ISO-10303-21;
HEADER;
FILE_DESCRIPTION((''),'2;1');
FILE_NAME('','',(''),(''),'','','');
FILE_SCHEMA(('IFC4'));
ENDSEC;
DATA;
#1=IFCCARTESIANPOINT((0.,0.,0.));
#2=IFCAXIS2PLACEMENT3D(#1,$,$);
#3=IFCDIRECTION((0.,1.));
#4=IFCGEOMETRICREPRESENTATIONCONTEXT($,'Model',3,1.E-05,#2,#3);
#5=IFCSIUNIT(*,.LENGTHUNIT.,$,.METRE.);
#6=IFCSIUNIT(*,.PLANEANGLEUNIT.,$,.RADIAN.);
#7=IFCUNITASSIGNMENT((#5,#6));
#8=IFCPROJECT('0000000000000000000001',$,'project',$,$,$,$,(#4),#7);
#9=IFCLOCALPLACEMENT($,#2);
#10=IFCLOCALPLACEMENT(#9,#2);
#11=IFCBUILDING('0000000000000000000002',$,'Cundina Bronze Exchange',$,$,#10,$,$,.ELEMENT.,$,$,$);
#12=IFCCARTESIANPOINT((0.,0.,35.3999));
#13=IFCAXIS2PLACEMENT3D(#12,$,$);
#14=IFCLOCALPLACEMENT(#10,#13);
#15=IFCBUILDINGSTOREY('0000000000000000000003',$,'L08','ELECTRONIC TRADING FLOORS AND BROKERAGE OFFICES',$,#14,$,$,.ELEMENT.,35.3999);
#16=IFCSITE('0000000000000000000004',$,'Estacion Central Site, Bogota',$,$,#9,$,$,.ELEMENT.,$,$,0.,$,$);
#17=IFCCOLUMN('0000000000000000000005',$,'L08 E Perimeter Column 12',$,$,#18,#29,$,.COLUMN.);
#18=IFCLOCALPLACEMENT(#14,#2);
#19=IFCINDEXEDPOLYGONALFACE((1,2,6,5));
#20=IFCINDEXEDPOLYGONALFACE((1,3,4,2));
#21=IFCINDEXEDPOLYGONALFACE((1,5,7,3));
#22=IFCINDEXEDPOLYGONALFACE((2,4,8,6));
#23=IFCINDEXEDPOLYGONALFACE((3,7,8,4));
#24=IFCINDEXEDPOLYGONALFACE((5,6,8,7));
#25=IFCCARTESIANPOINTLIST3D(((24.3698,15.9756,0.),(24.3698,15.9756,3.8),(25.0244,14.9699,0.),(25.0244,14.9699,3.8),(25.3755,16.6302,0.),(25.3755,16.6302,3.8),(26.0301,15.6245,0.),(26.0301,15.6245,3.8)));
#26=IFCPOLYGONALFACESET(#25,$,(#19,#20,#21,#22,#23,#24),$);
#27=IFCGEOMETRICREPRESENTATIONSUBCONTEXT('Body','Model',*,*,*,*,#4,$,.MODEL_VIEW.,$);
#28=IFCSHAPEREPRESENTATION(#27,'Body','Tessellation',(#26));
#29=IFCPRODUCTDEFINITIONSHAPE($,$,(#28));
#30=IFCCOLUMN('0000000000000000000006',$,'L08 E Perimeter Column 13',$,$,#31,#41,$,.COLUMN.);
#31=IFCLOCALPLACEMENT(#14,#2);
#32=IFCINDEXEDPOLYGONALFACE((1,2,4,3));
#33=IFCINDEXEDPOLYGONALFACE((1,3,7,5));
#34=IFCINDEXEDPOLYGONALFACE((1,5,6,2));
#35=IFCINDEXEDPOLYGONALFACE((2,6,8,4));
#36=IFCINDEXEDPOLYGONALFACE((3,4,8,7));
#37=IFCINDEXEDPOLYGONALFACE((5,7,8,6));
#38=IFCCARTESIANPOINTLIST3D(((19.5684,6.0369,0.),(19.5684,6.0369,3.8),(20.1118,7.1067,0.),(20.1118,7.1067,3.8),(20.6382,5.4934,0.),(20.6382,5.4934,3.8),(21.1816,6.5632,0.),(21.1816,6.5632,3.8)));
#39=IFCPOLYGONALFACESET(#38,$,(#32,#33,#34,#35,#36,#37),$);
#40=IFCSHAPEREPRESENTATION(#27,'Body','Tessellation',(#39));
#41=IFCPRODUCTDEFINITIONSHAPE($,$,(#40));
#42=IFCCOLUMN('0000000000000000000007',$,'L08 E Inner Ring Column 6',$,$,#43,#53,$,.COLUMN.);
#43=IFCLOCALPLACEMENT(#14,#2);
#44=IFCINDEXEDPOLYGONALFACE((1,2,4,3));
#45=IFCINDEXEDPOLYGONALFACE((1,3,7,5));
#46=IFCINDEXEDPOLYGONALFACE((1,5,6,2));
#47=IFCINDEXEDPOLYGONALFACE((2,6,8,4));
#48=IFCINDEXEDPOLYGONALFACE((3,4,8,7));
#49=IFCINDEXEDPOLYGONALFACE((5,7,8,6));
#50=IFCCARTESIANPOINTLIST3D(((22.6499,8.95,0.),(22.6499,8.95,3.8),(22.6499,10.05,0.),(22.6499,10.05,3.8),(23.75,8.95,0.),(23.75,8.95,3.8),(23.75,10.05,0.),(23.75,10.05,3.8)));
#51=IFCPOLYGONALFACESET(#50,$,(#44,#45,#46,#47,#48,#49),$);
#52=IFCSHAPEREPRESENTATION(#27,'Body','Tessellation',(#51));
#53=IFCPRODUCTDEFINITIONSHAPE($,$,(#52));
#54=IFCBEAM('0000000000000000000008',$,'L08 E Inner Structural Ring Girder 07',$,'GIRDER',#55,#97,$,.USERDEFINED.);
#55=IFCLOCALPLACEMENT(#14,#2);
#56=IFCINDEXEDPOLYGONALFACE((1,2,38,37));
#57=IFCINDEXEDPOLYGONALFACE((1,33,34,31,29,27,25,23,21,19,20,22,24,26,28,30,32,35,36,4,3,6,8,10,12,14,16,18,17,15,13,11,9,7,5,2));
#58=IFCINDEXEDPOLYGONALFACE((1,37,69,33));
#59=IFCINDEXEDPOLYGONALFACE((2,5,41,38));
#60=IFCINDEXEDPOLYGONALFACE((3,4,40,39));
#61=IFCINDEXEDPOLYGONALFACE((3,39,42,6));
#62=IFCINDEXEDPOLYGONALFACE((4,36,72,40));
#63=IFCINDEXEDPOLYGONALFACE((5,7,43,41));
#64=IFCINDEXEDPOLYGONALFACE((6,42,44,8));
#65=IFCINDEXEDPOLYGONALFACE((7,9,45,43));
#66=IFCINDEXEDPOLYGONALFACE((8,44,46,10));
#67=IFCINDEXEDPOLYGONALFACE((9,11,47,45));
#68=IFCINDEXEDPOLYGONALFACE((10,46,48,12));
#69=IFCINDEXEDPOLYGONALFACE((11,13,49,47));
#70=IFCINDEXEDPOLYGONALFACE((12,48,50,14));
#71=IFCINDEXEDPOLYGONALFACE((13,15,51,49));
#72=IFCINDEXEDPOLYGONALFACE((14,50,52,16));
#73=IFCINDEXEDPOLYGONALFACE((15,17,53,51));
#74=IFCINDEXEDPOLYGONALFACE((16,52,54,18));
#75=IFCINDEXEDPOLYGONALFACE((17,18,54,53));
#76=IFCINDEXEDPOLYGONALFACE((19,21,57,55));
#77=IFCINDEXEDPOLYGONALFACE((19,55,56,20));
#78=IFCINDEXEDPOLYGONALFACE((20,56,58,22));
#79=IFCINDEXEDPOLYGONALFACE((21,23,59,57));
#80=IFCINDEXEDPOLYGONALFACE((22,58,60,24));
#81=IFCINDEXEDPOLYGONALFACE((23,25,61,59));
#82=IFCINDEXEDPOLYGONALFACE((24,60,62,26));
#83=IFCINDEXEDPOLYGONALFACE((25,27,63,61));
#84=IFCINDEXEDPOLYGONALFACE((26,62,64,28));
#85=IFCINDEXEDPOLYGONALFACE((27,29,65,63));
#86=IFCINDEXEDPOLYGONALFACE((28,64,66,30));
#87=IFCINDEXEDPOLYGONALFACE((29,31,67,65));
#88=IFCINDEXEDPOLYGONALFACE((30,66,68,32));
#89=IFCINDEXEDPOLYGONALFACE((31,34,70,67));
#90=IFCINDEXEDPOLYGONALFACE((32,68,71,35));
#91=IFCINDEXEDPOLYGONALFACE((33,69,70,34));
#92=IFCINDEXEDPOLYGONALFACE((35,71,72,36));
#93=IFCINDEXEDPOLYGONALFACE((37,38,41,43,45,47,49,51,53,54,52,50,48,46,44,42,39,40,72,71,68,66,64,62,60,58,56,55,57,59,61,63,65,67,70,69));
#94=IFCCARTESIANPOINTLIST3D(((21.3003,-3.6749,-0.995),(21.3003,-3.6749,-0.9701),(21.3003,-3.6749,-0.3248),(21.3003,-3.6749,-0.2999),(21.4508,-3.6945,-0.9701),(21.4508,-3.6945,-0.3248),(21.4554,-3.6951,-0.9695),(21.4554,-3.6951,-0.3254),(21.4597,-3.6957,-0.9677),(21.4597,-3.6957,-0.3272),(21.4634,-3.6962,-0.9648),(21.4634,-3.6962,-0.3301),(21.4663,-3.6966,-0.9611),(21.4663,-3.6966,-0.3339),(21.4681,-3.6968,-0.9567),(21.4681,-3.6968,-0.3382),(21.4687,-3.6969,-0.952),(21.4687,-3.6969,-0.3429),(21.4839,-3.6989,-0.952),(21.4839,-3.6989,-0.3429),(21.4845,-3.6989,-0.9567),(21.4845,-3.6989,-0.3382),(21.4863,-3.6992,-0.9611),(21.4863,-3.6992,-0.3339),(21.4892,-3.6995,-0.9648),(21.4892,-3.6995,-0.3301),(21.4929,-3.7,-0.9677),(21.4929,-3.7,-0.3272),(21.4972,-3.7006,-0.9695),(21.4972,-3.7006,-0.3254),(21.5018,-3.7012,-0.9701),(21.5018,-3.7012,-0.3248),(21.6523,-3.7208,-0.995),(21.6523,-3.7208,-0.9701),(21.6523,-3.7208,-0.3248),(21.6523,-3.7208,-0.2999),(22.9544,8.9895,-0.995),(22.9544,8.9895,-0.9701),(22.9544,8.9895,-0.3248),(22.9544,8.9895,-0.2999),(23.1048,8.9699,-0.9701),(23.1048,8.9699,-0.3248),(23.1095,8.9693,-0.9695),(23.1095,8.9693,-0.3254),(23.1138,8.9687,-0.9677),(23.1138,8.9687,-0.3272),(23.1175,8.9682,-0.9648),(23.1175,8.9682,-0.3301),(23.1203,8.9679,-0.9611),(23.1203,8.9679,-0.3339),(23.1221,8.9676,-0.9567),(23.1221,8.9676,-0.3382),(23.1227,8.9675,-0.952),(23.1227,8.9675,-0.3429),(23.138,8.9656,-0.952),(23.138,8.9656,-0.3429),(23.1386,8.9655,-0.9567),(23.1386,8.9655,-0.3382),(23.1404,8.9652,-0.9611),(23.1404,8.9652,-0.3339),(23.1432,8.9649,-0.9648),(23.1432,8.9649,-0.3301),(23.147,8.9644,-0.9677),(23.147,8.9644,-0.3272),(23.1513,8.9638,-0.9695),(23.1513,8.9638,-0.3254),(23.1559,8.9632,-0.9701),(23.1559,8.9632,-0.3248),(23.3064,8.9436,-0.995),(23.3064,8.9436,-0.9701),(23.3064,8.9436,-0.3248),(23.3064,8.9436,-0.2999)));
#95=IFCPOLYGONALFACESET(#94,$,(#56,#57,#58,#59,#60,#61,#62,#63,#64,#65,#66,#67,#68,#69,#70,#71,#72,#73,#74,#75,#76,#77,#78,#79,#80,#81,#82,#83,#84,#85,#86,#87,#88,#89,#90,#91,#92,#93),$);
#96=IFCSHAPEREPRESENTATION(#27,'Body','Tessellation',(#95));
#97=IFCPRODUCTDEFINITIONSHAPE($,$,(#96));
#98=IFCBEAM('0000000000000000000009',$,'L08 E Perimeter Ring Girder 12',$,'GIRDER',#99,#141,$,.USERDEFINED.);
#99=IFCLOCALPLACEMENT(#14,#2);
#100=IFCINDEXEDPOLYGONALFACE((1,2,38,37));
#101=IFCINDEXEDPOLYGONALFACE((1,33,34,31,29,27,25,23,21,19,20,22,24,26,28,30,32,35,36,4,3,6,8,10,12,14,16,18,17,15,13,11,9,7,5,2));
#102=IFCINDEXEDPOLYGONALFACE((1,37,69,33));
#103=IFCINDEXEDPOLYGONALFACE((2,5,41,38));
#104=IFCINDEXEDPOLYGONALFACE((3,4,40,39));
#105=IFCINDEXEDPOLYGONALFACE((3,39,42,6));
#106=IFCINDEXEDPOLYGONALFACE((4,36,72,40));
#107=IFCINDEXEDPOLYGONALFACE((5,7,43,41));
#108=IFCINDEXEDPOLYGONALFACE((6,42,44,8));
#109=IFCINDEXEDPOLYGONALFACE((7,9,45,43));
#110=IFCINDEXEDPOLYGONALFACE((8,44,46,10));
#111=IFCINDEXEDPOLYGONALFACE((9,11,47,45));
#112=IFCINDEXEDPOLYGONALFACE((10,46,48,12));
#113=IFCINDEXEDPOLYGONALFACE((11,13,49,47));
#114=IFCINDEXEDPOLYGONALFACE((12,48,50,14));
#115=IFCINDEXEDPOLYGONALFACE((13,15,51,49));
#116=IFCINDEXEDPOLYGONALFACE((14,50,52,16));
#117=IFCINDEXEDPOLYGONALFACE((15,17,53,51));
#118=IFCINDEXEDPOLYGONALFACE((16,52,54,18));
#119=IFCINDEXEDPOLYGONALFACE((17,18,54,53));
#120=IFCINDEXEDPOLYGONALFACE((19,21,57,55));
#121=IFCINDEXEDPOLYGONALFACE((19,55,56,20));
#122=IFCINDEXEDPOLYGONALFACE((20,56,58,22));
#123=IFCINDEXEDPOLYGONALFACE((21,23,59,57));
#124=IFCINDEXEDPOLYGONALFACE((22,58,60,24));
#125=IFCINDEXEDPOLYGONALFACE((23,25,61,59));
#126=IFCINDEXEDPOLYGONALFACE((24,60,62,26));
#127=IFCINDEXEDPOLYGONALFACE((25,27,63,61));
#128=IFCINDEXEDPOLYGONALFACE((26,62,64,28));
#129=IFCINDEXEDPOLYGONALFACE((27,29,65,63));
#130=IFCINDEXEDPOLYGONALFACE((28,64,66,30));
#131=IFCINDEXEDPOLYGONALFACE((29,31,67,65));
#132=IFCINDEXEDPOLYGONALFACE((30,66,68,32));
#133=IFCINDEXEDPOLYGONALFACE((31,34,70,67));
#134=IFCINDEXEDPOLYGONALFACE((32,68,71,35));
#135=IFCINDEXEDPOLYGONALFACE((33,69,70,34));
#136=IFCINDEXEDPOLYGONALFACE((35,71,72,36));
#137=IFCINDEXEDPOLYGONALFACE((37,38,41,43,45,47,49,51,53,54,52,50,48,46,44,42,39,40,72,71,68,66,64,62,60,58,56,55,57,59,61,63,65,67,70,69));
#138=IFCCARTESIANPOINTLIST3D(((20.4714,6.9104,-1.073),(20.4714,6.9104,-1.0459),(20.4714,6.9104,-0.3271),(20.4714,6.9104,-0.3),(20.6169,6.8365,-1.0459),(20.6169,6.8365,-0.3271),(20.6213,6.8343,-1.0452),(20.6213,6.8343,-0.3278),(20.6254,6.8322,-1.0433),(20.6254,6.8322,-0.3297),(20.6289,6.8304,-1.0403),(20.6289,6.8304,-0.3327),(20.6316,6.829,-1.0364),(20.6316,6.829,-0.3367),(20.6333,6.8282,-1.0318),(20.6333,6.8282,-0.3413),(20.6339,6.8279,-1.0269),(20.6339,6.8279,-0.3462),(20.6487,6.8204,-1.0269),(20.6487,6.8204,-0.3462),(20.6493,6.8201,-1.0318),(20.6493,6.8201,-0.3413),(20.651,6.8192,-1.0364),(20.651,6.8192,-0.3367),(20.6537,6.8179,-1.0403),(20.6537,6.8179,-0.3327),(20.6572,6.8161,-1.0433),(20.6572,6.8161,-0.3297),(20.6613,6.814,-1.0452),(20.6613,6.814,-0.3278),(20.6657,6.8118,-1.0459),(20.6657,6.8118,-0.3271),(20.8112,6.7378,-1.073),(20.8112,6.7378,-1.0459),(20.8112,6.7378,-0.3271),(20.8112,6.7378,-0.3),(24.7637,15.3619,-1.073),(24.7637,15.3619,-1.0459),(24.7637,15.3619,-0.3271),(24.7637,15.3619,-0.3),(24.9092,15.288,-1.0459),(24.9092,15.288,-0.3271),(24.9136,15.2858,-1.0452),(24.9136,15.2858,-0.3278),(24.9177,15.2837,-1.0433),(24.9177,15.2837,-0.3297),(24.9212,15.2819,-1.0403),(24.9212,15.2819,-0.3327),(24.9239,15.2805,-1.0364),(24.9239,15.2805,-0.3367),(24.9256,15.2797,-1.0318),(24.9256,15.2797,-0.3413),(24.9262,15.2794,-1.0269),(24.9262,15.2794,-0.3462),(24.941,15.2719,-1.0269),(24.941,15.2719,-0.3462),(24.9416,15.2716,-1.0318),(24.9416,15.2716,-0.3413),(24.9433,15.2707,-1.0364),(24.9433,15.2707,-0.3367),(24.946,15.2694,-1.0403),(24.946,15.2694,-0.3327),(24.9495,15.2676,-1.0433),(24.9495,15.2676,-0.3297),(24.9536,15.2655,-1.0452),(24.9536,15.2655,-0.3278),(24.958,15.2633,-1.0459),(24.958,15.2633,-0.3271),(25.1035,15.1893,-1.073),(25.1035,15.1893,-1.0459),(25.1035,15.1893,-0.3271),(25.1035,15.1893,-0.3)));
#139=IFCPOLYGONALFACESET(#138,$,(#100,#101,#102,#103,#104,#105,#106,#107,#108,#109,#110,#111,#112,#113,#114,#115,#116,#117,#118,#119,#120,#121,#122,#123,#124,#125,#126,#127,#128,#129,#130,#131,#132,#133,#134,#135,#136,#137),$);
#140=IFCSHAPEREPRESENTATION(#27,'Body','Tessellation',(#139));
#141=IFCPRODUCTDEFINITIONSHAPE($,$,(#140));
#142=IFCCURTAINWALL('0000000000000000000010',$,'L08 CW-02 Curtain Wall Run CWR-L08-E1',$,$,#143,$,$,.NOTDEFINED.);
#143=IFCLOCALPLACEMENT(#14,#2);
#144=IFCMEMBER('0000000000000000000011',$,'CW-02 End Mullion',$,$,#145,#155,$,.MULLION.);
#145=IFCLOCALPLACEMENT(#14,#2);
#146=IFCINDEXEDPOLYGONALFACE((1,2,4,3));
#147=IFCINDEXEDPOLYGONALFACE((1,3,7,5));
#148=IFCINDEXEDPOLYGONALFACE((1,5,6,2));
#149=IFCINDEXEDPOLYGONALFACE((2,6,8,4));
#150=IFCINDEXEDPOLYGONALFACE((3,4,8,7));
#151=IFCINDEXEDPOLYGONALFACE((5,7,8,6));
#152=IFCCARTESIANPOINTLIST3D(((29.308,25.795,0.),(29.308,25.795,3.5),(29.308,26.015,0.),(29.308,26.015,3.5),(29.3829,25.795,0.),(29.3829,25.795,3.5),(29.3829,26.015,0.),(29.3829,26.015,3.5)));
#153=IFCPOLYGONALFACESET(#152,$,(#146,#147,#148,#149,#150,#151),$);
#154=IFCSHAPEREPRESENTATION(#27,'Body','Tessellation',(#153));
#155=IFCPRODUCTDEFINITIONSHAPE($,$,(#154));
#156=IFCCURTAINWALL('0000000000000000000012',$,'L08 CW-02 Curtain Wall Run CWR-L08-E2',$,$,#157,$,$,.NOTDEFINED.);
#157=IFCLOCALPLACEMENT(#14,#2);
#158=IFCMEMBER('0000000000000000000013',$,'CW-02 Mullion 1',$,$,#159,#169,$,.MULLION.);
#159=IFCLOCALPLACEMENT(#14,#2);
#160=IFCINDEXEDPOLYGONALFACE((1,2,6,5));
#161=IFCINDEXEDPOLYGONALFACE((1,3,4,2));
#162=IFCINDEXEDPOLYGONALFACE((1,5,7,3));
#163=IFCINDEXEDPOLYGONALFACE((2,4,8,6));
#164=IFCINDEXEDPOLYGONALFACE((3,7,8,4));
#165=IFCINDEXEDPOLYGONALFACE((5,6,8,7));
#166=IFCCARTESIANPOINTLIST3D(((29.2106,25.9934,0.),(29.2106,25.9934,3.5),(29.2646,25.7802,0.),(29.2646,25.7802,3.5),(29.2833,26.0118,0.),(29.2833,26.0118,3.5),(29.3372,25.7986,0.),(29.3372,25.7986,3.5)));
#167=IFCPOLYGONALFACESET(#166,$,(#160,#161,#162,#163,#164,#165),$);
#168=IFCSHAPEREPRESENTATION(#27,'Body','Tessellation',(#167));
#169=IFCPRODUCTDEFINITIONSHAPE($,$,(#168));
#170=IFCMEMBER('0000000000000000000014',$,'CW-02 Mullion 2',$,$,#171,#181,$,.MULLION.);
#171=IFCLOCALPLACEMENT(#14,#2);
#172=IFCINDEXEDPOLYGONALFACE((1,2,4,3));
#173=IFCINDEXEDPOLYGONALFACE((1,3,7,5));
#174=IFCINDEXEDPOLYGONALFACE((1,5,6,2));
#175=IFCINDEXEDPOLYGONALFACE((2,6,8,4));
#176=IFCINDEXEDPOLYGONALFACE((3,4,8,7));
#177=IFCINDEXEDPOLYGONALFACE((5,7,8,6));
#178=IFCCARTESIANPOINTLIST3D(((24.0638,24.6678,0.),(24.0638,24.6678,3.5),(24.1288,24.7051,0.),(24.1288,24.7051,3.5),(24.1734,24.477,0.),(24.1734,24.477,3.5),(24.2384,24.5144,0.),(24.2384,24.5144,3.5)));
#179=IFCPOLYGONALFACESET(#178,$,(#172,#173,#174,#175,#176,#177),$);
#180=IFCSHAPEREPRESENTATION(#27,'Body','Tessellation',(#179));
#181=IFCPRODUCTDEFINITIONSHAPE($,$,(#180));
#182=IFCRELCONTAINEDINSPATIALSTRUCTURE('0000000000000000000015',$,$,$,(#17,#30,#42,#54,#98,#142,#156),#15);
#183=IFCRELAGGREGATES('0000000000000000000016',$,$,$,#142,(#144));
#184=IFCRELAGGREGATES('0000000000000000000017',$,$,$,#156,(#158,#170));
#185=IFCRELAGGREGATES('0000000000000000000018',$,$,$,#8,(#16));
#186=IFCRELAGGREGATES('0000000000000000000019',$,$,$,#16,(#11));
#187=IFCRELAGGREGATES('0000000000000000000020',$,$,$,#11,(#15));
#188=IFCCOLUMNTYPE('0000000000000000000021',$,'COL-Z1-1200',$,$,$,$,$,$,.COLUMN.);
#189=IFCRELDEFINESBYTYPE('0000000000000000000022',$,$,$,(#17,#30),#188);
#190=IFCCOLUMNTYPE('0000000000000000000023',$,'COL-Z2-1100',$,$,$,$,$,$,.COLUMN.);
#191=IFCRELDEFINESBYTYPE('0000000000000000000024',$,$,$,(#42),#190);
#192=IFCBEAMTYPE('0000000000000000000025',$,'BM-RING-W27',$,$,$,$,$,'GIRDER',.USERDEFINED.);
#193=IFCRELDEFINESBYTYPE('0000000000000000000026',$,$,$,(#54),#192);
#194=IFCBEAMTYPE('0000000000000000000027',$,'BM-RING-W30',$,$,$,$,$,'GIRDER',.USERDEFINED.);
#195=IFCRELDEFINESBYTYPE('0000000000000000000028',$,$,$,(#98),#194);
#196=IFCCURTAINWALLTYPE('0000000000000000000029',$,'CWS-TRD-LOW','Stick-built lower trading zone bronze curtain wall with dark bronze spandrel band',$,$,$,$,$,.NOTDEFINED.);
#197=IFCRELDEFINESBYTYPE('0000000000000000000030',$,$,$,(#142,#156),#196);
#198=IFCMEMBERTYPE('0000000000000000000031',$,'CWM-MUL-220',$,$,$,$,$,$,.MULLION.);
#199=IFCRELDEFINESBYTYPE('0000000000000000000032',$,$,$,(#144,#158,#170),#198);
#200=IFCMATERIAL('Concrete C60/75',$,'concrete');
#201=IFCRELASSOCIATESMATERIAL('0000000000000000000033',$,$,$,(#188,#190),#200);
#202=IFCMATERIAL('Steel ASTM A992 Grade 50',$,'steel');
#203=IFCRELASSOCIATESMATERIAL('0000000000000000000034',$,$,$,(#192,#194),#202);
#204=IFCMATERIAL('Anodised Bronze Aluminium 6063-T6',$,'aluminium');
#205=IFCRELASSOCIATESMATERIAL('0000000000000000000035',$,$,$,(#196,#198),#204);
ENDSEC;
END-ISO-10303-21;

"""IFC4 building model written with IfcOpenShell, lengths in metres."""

from ifc_helpers import new_model, si_unit, direction, frame, origin, origin_2d, place, context, subcontext, project, spatial, rectangle, i_section, extrude, material, material_profile, profile_set, type_object, element, aggregate, save


model = new_model("IFC4")

# Units and contexts
model_context = context("Model", 3, precision=1e-05, world=origin(), true_north=direction((0.0, 1.0)))
body_context = subcontext(model_context, "Body", "Model", "MODEL_VIEW")
ifc_project = project(units=[si_unit("LENGTHUNIT", "METRE"), si_unit("PLANEANGLEUNIT", "RADIAN")], contexts=[model_context])

# Site, building, storey
site_placement = place(None, origin())
site = spatial("IfcSite", under=ifc_project, at=site_placement, Name="Estacion Central Site, Bogota", CompositionType="ELEMENT", RefElevation=0.0)
building_placement = place(site_placement, origin())
building = spatial("IfcBuilding", under=site, at=building_placement, Name="Cundina Bronze Exchange", CompositionType="ELEMENT")
storey_placement = place(building_placement, frame((0.0, 0.0, 35.3999)))
storey = spatial("IfcBuildingStorey", under=building, at=storey_placement, Name="L08", Description="ELECTRONIC TRADING FLOORS AND BROKERAGE OFFICES", CompositionType="ELEMENT", Elevation=35.3999)

# Columns
ifc_material_1 = material(Name="Concrete C60/75", Category="concrete")
ifc_material_profile_1 = material_profile(ifc_material_1, rectangle(XDim=1.2, YDim=1.2, at=origin_2d()), Name="RC1200X1200", Category="concrete")
ifc_profile_set_1 = profile_set([ifc_material_profile_1], Name="Concrete C60/75")
column_type_1 = type_object("IfcColumnType", Name="COL-Z1-1200", PredefinedType="COLUMN", material=ifc_profile_set_1)
for number, where, z_axis, x_axis, name in (
    (1, (25.2, 15.8, 0.0), (0.0, 0.0, 1.0), (-0.8381, -0.545517, 0.0), "L08 E Perimeter Column 12"),
    (2, (20.375, 6.3, 0.0), (0.0, 0.0, 1.0), (-0.452902, -0.891561, 0.0), "L08 E Perimeter Column 13"),
):
    element("IfcColumn", number, at=place(storey_placement, frame(where, z_axis=z_axis, x_axis=x_axis)), inside=storey, type_object=column_type_1, Name=name, PredefinedType="COLUMN", context=body_context, shape_type="SweptSolid", body=[
        extrude(rectangle(XDim=1.2, YDim=1.2, at=origin_2d()), origin(), (0.0, 0.0, 1.0), 3.8),
    ])
ifc_material_profile_2 = material_profile(ifc_material_1, rectangle(XDim=1.1001, YDim=1.1001, at=origin_2d()), Name="RC1100X1100", Category="concrete")
ifc_profile_set_2 = profile_set([ifc_material_profile_2], Name="Concrete C60/75")
column_type_2 = type_object("IfcColumnType", Name="COL-Z2-1100", PredefinedType="COLUMN", material=ifc_profile_set_2)
column_placement = place(storey_placement, frame((23.2, 9.5, 0.0), z_axis=(0.0, 0.0, 1.0), x_axis=(1.0, 0.0, 0.0)))
element("IfcColumn", 3, at=column_placement, inside=storey, type_object=column_type_2, Name="L08 E Inner Ring Column 6", PredefinedType="COLUMN", context=body_context, shape_type="SweptSolid", body=[
    extrude(rectangle(XDim=1.1001, YDim=1.1001, at=origin_2d()), origin(), (0.0, 0.0, 1.0), 3.8),
])

# Beams
ifc_material_2 = material(Name="Steel ASTM A992 Grade 50", Category="steel")
ifc_material_profile_3 = material_profile(ifc_material_2, i_section(OverallWidth=0.355, OverallDepth=0.6951, WebThickness=0.0154, FlangeThickness=0.0249, FilletRadius=0.0181, at=origin_2d()), Name="W27X146", Category="steel")
ifc_profile_set_3 = profile_set([ifc_material_profile_3], Name="Steel ASTM A992 Grade 50")
beam_type_1 = type_object("IfcBeamType", Name="BM-RING-W27", ElementType="GIRDER", PredefinedType="USERDEFINED", material=ifc_profile_set_3)
beam_1_placement = place(storey_placement, frame((23.1304, 8.9666, -0.6475), z_axis=(-0.129508, -0.991578, 0.0), x_axis=(0.991578, -0.129508, 0.0)))
element("IfcBeam", 4, at=beam_1_placement, inside=storey, type_object=beam_type_1, Name="L08 E Inner Structural Ring Girder 07", ObjectType="GIRDER", PredefinedType="USERDEFINED", context=body_context, shape_type="SweptSolid", body=[
    extrude(i_section(OverallWidth=0.355, OverallDepth=0.6951, WebThickness=0.0154, FlangeThickness=0.0249, FilletRadius=0.0181, at=origin_2d()), origin(), (0.0, 0.0, 1.0), 12.772),
])
ifc_material_profile_4 = material_profile(ifc_material_2, i_section(OverallWidth=0.3811, OverallDepth=0.7729, WebThickness=0.0166, FlangeThickness=0.0271, FilletRadius=0.019, at=origin_2d()), Name="W30X173", Category="steel")
ifc_profile_set_4 = profile_set([ifc_material_profile_4], Name="Steel ASTM A992 Grade 50")
beam_type_2 = type_object("IfcBeamType", Name="BM-RING-W30", ElementType="GIRDER", PredefinedType="USERDEFINED", material=ifc_profile_set_4)
beam_2_placement = place(storey_placement, frame((24.9336, 15.2756, -0.6865), z_axis=(-0.45282, -0.891602, 0.0), x_axis=(0.891602, -0.45282, 0.0)))
element("IfcBeam", 5, at=beam_2_placement, inside=storey, type_object=beam_type_2, Name="L08 E Perimeter Ring Girder 12", ObjectType="GIRDER", PredefinedType="USERDEFINED", context=body_context, shape_type="SweptSolid", body=[
    extrude(i_section(OverallWidth=0.3811, OverallDepth=0.7729, WebThickness=0.0166, FlangeThickness=0.0271, FilletRadius=0.019, at=origin_2d()), origin(), (0.0, 0.0, 1.0), 9.479),
])

# Curtain wall, member
ifc_material_3 = material(Name="Anodised Bronze Aluminium 6063-T6", Category="aluminium")
curtain_wall_type = type_object("IfcCurtainWallType", Name="CWS-TRD-LOW", Description="Stick-built lower trading zone bronze curtain wall with dark bronze spandrel band", PredefinedType="NOTDEFINED", material=ifc_material_3)
curtain_wall_1_placement = place(storey_placement, origin())
curtain_wall_1 = element("IfcCurtainWall", 6, at=curtain_wall_1_placement, inside=storey, type_object=curtain_wall_type, Name="L08 CW-02 Curtain Wall Run CWR-L08-E1", PredefinedType="NOTDEFINED")
ifc_material_profile_5 = material_profile(ifc_material_3, rectangle(XDim=0.075, YDim=0.22, at=origin_2d()), Name="AL75X220", Category="aluminium")
ifc_profile_set_5 = profile_set([ifc_material_profile_5], Name="Anodised Bronze Aluminium 6063-T6")
member_type_1 = type_object("IfcMemberType", Name="CWM-MUL-220", PredefinedType="MULLION", material=ifc_profile_set_5)
member_1_placement = place(storey_placement, frame((29.3455, 25.905, 0.0), z_axis=(0.0, 0.0, 1.0), x_axis=(-1.0, 0.0, 0.0)))
member_1 = element("IfcMember", 7, at=member_1_placement, type_object=member_type_1, Name="CW-02 End Mullion", PredefinedType="MULLION", context=body_context, shape_type="SweptSolid", body=[
    extrude(rectangle(XDim=0.075, YDim=0.22, at=origin_2d()), origin(), (0.0, 0.0, 1.0), 3.5),
])
aggregate(curtain_wall_1, [member_1])

# Curtain wall, members
curtain_wall_2_placement = place(storey_placement, origin())
curtain_wall_2 = element("IfcCurtainWall", 8, at=curtain_wall_2_placement, inside=storey, type_object=curtain_wall_type, Name="L08 CW-02 Curtain Wall Run CWR-L08-E2", PredefinedType="NOTDEFINED")
member_2_placement = place(storey_placement, frame((29.2739, 25.896, 0.0), z_axis=(0.0, 0.0, 1.0), x_axis=(-0.969488, -0.245138, 0.0)))
member_2 = element("IfcMember", 9, at=member_2_placement, type_object=member_type_1, Name="CW-02 Mullion 1", PredefinedType="MULLION", context=body_context, shape_type="SweptSolid", body=[
    extrude(rectangle(XDim=0.075, YDim=0.22, at=origin_2d()), origin(), (0.0, 0.0, 1.0), 3.5),
])
member_3_placement = place(storey_placement, frame((24.1511, 24.5911, 0.0), z_axis=(0.0, 0.0, 1.0), x_axis=(-0.867071, -0.498185, 0.0)))
member_3 = element("IfcMember", 10, at=member_3_placement, type_object=member_type_1, Name="CW-02 Mullion 2", PredefinedType="MULLION", context=body_context, shape_type="SweptSolid", body=[
    extrude(rectangle(XDim=0.075, YDim=0.22, at=origin_2d()), origin(), (0.0, 0.0, 1.0), 3.5),
])
aggregate(curtain_wall_2, [member_2, member_3])

save(model, "model.ifc")
